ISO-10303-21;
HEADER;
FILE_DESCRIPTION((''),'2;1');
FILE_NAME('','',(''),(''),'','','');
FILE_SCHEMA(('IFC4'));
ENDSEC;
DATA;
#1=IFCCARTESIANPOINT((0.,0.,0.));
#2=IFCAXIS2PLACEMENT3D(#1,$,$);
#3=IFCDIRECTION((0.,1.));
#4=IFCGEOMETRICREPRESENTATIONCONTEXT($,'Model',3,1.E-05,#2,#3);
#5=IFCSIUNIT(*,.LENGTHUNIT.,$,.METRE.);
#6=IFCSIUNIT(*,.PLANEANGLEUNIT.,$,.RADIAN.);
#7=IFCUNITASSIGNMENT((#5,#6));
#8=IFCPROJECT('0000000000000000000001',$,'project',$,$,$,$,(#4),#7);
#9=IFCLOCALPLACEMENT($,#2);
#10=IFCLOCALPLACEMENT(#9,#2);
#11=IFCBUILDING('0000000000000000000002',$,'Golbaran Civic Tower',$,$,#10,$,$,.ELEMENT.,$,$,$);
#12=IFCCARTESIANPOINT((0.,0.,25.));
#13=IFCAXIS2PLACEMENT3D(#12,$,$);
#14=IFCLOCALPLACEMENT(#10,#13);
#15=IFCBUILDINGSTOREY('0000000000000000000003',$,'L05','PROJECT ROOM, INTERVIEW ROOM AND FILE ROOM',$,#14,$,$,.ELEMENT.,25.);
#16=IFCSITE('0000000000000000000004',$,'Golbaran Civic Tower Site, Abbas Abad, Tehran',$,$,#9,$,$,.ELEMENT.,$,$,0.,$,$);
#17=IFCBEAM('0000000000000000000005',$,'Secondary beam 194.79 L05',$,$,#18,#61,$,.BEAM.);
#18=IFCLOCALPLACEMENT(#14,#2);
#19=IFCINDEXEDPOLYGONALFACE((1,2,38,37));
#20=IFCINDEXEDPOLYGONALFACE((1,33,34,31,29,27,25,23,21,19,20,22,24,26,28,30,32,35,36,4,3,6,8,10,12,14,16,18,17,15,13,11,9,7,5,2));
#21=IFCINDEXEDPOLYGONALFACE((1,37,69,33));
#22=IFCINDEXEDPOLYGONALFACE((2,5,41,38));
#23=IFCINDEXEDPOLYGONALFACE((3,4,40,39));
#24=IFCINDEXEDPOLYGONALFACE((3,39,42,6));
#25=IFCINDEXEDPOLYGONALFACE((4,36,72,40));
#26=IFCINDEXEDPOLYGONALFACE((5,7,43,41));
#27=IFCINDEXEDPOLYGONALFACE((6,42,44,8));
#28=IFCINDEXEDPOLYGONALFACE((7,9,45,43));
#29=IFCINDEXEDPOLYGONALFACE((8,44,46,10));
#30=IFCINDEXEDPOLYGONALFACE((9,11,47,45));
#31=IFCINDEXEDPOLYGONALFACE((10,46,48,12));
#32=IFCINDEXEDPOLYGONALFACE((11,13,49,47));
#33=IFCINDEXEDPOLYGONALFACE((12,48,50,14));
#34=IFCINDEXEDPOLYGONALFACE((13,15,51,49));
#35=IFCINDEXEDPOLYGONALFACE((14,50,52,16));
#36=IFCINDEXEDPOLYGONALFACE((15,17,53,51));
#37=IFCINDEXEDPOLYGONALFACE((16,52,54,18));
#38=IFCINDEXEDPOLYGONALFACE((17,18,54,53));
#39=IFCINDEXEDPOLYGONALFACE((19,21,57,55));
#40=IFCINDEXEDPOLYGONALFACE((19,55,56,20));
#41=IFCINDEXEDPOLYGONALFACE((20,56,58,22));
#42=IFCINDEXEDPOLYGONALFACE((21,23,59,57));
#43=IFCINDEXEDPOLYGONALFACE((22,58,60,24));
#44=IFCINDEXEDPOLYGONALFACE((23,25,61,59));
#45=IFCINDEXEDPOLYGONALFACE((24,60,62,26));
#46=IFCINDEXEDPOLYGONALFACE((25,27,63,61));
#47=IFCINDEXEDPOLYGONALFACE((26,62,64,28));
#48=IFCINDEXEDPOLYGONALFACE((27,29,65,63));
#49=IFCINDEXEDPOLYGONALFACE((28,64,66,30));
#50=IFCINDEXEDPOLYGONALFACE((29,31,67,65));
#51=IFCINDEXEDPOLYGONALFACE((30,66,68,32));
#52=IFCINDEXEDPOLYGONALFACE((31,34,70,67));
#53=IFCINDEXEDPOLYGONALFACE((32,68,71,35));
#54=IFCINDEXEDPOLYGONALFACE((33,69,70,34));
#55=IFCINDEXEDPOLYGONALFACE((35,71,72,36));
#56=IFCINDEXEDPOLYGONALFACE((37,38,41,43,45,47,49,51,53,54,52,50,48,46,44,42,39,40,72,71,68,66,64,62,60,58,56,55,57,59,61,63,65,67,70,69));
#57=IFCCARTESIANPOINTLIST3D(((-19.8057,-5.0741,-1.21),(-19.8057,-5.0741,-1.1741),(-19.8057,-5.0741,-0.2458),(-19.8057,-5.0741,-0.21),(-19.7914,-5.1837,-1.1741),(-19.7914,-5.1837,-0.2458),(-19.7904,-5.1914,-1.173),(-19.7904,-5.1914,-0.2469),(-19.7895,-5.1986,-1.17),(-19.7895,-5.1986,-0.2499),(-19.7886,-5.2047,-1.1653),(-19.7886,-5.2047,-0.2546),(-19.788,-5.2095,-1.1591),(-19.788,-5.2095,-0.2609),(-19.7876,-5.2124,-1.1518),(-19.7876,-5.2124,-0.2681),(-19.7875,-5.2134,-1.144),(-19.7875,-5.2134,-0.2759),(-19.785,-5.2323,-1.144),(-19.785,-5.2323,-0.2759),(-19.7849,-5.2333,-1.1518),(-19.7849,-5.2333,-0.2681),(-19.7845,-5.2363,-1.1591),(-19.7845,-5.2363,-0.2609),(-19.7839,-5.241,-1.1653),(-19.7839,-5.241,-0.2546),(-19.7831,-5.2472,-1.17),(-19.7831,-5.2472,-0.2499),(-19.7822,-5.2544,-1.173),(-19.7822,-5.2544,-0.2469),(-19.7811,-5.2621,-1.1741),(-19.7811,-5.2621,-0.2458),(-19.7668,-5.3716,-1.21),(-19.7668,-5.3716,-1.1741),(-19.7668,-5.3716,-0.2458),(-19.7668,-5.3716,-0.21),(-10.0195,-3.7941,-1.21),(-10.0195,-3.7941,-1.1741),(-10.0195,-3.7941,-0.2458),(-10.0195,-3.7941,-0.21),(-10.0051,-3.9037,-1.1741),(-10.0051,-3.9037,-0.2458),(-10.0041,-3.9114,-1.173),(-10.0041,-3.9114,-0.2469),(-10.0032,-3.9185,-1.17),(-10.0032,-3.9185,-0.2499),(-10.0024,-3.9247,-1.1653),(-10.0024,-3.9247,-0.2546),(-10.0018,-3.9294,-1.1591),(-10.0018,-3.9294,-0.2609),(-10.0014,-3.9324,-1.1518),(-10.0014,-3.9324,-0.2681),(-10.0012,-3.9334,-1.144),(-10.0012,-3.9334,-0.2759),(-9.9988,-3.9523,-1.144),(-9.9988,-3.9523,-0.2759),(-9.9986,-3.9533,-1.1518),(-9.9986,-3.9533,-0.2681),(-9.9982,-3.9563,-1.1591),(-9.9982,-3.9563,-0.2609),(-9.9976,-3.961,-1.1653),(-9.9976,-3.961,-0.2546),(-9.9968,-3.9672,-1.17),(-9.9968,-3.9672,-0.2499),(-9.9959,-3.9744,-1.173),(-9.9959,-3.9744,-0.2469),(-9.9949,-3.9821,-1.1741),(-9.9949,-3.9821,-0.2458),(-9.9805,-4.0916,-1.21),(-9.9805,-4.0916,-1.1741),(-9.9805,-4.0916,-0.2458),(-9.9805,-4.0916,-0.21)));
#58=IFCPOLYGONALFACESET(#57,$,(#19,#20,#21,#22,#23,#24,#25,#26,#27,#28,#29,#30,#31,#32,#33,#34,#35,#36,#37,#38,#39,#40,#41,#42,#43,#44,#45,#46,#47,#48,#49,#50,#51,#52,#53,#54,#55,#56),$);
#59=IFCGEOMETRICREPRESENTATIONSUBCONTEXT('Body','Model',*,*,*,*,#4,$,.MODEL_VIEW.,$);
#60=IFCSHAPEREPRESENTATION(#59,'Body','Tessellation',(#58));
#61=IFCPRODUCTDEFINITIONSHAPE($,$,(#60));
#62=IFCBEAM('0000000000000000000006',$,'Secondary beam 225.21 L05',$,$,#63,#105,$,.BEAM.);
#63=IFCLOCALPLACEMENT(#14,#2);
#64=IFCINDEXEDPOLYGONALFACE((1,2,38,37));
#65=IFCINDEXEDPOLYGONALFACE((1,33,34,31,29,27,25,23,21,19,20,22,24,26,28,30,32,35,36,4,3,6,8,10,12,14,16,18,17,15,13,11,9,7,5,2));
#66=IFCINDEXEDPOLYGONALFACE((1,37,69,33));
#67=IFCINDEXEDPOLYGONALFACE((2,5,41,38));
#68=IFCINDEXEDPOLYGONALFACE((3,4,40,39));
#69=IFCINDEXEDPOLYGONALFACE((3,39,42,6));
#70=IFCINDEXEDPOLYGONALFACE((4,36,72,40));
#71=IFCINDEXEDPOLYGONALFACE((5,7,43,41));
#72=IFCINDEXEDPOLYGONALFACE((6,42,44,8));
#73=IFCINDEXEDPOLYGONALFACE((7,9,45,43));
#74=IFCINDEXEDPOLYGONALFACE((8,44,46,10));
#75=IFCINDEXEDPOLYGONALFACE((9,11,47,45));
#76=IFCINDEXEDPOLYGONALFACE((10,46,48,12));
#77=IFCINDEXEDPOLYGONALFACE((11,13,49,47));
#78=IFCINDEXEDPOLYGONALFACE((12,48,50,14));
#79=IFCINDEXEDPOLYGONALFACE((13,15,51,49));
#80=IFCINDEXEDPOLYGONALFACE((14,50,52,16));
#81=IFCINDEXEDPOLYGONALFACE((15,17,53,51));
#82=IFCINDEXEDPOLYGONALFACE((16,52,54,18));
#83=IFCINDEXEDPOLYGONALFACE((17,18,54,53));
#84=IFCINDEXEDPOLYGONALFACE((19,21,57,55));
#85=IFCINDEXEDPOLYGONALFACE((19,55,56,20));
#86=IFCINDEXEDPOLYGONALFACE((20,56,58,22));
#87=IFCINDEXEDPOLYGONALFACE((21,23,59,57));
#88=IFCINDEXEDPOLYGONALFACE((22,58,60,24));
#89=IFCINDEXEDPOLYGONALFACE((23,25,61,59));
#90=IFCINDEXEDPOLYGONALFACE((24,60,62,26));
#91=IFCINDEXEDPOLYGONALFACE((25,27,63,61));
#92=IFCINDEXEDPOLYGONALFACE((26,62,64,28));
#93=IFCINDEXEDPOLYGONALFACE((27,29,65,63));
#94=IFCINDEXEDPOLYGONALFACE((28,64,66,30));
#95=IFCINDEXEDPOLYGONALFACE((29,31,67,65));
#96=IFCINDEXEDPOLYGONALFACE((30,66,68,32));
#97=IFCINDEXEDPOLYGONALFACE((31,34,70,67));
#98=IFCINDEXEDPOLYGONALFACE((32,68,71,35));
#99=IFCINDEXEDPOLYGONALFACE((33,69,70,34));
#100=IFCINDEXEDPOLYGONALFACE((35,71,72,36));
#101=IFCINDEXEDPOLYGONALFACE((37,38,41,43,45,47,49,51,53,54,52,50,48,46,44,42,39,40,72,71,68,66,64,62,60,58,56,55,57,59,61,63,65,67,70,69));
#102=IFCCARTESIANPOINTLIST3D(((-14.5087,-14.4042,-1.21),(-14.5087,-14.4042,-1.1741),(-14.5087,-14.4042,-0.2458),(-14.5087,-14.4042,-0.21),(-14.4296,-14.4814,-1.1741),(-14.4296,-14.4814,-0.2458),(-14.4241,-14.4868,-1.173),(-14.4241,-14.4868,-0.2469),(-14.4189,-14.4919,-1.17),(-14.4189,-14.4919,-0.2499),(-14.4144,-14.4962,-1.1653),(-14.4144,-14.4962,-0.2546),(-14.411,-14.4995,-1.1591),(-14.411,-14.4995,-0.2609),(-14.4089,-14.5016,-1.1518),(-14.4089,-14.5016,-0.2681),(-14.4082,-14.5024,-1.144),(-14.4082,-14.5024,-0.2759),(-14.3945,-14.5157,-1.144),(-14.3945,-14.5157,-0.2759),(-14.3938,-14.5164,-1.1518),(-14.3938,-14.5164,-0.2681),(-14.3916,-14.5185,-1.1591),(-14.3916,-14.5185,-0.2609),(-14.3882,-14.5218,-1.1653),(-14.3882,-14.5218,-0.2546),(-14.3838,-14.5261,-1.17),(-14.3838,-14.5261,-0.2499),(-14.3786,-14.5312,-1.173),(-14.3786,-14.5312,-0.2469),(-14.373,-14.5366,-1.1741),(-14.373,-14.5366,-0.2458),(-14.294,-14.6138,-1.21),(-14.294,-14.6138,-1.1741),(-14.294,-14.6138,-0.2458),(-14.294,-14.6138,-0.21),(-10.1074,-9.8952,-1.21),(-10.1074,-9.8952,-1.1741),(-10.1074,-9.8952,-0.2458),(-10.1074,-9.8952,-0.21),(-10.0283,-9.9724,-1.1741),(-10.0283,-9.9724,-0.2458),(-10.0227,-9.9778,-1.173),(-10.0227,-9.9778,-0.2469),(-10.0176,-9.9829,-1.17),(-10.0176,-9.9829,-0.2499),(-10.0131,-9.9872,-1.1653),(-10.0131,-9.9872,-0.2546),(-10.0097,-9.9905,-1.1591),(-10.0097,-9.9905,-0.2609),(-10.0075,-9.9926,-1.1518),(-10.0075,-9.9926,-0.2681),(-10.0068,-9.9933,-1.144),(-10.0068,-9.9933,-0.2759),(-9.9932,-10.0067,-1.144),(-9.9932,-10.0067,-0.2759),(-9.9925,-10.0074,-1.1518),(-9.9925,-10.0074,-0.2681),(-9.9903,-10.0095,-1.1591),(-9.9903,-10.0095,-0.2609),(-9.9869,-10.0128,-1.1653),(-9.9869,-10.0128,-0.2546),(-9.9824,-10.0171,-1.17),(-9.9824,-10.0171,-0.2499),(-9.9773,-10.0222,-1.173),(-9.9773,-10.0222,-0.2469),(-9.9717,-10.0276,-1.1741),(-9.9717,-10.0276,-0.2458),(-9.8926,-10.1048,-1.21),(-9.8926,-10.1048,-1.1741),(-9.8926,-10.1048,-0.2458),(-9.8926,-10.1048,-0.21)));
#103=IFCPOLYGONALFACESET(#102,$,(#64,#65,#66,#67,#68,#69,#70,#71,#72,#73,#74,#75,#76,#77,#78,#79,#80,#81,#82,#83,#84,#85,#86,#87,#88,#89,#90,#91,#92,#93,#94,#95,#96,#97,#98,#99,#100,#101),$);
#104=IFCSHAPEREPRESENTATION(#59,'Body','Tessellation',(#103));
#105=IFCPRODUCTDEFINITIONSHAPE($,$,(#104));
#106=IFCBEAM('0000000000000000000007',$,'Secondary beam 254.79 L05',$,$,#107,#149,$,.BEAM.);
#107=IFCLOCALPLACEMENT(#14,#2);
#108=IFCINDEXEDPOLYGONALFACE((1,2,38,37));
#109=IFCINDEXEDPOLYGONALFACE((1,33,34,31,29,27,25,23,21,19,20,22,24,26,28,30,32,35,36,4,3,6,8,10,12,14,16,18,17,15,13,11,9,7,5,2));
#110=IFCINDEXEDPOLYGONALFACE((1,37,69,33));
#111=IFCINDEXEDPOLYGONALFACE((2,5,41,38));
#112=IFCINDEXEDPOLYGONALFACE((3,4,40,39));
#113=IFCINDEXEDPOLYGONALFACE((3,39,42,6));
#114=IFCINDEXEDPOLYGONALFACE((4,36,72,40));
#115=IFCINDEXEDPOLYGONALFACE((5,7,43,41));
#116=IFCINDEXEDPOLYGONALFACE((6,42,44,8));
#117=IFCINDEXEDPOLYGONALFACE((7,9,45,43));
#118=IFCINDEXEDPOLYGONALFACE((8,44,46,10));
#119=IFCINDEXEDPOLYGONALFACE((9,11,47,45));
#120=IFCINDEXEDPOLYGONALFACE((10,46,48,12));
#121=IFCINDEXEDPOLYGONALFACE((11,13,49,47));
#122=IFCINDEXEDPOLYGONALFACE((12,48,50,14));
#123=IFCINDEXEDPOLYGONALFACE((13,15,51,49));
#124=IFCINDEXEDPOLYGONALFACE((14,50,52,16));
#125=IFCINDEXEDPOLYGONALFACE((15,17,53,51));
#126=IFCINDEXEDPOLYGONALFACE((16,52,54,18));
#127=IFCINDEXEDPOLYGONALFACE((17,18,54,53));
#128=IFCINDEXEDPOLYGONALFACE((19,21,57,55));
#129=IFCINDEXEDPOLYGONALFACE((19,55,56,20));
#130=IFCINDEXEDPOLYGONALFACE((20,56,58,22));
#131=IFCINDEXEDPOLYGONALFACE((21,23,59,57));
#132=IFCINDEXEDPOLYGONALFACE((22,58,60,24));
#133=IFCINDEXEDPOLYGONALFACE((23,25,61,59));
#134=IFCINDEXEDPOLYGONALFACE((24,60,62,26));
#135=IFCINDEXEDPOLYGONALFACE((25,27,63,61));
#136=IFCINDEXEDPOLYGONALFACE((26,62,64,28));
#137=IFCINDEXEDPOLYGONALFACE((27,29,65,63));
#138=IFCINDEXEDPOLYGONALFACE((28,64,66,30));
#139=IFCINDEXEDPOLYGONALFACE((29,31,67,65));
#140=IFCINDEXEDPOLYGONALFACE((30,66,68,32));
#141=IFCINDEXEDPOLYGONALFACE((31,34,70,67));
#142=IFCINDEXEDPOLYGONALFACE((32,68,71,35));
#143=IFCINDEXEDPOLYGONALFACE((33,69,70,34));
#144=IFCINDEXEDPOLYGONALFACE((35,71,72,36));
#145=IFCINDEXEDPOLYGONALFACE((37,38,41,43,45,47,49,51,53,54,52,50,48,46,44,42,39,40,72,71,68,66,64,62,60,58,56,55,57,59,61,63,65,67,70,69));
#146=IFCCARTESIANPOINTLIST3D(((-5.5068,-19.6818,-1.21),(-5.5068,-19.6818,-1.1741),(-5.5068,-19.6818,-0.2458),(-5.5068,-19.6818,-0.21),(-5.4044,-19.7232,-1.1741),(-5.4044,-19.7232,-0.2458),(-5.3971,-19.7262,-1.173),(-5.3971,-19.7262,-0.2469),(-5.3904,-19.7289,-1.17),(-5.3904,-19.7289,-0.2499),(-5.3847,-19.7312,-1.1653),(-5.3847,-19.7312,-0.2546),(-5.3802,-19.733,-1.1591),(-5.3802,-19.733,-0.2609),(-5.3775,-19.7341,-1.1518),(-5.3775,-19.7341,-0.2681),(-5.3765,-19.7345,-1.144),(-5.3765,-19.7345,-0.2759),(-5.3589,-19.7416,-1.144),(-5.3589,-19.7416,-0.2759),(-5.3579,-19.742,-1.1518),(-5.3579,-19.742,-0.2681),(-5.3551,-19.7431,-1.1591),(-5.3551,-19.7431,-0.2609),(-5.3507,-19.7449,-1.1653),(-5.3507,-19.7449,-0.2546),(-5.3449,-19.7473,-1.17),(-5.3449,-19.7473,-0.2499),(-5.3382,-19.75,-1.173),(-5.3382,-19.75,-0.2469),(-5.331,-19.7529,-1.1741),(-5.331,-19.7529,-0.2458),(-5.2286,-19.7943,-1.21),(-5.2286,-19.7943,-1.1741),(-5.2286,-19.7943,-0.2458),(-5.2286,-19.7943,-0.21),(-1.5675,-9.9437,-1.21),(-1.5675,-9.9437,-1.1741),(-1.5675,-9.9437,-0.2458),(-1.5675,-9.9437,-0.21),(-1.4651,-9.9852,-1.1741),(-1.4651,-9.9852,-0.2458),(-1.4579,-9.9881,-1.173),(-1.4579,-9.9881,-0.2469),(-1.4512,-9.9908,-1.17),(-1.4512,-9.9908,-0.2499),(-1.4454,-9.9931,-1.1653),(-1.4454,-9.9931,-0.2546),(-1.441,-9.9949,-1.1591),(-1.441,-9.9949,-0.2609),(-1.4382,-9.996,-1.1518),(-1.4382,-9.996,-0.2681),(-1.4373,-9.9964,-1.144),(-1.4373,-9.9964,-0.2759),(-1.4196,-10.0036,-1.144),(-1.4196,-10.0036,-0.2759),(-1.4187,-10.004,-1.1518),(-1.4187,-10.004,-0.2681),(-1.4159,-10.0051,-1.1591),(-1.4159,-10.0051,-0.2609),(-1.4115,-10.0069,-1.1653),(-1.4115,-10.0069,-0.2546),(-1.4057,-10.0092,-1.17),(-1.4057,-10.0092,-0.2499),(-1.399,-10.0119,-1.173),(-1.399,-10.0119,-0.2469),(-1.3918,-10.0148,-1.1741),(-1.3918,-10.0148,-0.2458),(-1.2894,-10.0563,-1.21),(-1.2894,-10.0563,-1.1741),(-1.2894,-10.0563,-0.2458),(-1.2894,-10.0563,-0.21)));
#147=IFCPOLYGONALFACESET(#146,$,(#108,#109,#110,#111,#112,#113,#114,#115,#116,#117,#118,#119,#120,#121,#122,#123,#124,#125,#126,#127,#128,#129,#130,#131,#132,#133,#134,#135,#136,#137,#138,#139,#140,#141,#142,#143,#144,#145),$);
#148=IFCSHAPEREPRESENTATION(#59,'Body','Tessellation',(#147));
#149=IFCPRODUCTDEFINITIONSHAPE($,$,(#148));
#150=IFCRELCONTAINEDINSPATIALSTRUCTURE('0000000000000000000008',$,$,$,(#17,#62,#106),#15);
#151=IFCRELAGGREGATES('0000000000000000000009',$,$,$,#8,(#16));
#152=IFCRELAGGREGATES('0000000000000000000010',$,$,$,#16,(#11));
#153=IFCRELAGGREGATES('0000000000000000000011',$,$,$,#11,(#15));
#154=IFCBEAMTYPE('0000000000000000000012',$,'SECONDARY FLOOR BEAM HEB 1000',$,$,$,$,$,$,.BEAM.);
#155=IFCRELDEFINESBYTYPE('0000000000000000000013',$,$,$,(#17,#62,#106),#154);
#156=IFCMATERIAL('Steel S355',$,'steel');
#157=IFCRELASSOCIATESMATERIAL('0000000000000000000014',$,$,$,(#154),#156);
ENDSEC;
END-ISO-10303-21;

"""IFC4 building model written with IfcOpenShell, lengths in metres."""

from ifc_helpers import new_model, si_unit, direction, frame, origin, origin_2d, place, context, subcontext, project, spatial, i_section, extrude, material, material_profile, profile_set, type_object, element, save


model = new_model("IFC4")

# Units and contexts
model_context = context("Model", 3, precision=1e-05, world=origin(), true_north=direction((0.0, 1.0)))
body_context = subcontext(model_context, "Body", "Model", "MODEL_VIEW")
ifc_project = project(units=[si_unit("LENGTHUNIT", "METRE"), si_unit("PLANEANGLEUNIT", "RADIAN")], contexts=[model_context])

# Site, building, storey
site_placement = place(None, origin())
site = spatial("IfcSite", under=ifc_project, at=site_placement, Name="Golbaran Civic Tower Site, Abbas Abad, Tehran", CompositionType="ELEMENT", RefElevation=0.0)
building_placement = place(site_placement, origin())
building = spatial("IfcBuilding", under=site, at=building_placement, Name="Golbaran Civic Tower", CompositionType="ELEMENT")
storey_placement = place(building_placement, frame((0.0, 0.0, 25.0)))
storey = spatial("IfcBuildingStorey", under=building, at=storey_placement, Name="L05", Description="PROJECT ROOM, INTERVIEW ROOM AND FILE ROOM", CompositionType="ELEMENT", Elevation=25.0)

# Beams
ifc_material_1 = material(Name="Steel S355", Category="steel")
ifc_material_profile_1 = material_profile(ifc_material_1, i_section(OverallWidth=0.3, OverallDepth=1.0, WebThickness=0.019, FlangeThickness=0.0359, FilletRadius=0.03, at=origin_2d()), Name="HEB 1000")
ifc_profile_set_1 = profile_set([ifc_material_profile_1], Name="Steel S355")
beam_type_1 = type_object("IfcBeamType", Name="SECONDARY FLOOR BEAM HEB 1000", PredefinedType="BEAM", material=ifc_profile_set_1)
beam_1_placement = place(storey_placement, frame((-10.0, -3.9429, -0.71), z_axis=(-0.991554, -0.129692, 0.0), x_axis=(0.129692, -0.991554, 0.0)))
element("IfcBeam", 1, at=beam_1_placement, inside=storey, type_object=beam_type_1, Name="Secondary beam 194.79 L05", PredefinedType="BEAM", context=body_context, shape_type="SweptSolid", body=[
    extrude(i_section(OverallWidth=0.3, OverallDepth=1.0, WebThickness=0.019, FlangeThickness=0.0359, FilletRadius=0.03, at=origin_2d()), origin(), (0.0, 0.0, 1.0), 9.8696),
])
beam_2_placement = place(storey_placement, frame((-10.0, -10.0, -0.71), z_axis=(-0.698512, -0.715599, 0.0), x_axis=(0.715599, -0.698512, 0.0)))
element("IfcBeam", 2, at=beam_2_placement, inside=storey, type_object=beam_type_1, Name="Secondary beam 225.21 L05", PredefinedType="BEAM", context=body_context, shape_type="SweptSolid", body=[
    extrude(i_section(OverallWidth=0.3, OverallDepth=1.0, WebThickness=0.019, FlangeThickness=0.0359, FilletRadius=0.03, at=origin_2d()), origin(), (0.0, 0.0, 1.0), 6.301),
])
beam_3_placement = place(storey_placement, frame((-1.4285, -10.0, -0.71), z_axis=(-0.374998, -0.927026, 0.0), x_axis=(0.927026, -0.374998, 0.0)))
element("IfcBeam", 3, at=beam_3_placement, inside=storey, type_object=beam_type_1, Name="Secondary beam 254.79 L05", PredefinedType="BEAM", context=body_context, shape_type="SweptSolid", body=[
    extrude(i_section(OverallWidth=0.3, OverallDepth=1.0, WebThickness=0.019, FlangeThickness=0.0359, FilletRadius=0.03, at=origin_2d()), origin(), (0.0, 0.0, 1.0), 10.5046),
])

save(model, "model.ifc")
